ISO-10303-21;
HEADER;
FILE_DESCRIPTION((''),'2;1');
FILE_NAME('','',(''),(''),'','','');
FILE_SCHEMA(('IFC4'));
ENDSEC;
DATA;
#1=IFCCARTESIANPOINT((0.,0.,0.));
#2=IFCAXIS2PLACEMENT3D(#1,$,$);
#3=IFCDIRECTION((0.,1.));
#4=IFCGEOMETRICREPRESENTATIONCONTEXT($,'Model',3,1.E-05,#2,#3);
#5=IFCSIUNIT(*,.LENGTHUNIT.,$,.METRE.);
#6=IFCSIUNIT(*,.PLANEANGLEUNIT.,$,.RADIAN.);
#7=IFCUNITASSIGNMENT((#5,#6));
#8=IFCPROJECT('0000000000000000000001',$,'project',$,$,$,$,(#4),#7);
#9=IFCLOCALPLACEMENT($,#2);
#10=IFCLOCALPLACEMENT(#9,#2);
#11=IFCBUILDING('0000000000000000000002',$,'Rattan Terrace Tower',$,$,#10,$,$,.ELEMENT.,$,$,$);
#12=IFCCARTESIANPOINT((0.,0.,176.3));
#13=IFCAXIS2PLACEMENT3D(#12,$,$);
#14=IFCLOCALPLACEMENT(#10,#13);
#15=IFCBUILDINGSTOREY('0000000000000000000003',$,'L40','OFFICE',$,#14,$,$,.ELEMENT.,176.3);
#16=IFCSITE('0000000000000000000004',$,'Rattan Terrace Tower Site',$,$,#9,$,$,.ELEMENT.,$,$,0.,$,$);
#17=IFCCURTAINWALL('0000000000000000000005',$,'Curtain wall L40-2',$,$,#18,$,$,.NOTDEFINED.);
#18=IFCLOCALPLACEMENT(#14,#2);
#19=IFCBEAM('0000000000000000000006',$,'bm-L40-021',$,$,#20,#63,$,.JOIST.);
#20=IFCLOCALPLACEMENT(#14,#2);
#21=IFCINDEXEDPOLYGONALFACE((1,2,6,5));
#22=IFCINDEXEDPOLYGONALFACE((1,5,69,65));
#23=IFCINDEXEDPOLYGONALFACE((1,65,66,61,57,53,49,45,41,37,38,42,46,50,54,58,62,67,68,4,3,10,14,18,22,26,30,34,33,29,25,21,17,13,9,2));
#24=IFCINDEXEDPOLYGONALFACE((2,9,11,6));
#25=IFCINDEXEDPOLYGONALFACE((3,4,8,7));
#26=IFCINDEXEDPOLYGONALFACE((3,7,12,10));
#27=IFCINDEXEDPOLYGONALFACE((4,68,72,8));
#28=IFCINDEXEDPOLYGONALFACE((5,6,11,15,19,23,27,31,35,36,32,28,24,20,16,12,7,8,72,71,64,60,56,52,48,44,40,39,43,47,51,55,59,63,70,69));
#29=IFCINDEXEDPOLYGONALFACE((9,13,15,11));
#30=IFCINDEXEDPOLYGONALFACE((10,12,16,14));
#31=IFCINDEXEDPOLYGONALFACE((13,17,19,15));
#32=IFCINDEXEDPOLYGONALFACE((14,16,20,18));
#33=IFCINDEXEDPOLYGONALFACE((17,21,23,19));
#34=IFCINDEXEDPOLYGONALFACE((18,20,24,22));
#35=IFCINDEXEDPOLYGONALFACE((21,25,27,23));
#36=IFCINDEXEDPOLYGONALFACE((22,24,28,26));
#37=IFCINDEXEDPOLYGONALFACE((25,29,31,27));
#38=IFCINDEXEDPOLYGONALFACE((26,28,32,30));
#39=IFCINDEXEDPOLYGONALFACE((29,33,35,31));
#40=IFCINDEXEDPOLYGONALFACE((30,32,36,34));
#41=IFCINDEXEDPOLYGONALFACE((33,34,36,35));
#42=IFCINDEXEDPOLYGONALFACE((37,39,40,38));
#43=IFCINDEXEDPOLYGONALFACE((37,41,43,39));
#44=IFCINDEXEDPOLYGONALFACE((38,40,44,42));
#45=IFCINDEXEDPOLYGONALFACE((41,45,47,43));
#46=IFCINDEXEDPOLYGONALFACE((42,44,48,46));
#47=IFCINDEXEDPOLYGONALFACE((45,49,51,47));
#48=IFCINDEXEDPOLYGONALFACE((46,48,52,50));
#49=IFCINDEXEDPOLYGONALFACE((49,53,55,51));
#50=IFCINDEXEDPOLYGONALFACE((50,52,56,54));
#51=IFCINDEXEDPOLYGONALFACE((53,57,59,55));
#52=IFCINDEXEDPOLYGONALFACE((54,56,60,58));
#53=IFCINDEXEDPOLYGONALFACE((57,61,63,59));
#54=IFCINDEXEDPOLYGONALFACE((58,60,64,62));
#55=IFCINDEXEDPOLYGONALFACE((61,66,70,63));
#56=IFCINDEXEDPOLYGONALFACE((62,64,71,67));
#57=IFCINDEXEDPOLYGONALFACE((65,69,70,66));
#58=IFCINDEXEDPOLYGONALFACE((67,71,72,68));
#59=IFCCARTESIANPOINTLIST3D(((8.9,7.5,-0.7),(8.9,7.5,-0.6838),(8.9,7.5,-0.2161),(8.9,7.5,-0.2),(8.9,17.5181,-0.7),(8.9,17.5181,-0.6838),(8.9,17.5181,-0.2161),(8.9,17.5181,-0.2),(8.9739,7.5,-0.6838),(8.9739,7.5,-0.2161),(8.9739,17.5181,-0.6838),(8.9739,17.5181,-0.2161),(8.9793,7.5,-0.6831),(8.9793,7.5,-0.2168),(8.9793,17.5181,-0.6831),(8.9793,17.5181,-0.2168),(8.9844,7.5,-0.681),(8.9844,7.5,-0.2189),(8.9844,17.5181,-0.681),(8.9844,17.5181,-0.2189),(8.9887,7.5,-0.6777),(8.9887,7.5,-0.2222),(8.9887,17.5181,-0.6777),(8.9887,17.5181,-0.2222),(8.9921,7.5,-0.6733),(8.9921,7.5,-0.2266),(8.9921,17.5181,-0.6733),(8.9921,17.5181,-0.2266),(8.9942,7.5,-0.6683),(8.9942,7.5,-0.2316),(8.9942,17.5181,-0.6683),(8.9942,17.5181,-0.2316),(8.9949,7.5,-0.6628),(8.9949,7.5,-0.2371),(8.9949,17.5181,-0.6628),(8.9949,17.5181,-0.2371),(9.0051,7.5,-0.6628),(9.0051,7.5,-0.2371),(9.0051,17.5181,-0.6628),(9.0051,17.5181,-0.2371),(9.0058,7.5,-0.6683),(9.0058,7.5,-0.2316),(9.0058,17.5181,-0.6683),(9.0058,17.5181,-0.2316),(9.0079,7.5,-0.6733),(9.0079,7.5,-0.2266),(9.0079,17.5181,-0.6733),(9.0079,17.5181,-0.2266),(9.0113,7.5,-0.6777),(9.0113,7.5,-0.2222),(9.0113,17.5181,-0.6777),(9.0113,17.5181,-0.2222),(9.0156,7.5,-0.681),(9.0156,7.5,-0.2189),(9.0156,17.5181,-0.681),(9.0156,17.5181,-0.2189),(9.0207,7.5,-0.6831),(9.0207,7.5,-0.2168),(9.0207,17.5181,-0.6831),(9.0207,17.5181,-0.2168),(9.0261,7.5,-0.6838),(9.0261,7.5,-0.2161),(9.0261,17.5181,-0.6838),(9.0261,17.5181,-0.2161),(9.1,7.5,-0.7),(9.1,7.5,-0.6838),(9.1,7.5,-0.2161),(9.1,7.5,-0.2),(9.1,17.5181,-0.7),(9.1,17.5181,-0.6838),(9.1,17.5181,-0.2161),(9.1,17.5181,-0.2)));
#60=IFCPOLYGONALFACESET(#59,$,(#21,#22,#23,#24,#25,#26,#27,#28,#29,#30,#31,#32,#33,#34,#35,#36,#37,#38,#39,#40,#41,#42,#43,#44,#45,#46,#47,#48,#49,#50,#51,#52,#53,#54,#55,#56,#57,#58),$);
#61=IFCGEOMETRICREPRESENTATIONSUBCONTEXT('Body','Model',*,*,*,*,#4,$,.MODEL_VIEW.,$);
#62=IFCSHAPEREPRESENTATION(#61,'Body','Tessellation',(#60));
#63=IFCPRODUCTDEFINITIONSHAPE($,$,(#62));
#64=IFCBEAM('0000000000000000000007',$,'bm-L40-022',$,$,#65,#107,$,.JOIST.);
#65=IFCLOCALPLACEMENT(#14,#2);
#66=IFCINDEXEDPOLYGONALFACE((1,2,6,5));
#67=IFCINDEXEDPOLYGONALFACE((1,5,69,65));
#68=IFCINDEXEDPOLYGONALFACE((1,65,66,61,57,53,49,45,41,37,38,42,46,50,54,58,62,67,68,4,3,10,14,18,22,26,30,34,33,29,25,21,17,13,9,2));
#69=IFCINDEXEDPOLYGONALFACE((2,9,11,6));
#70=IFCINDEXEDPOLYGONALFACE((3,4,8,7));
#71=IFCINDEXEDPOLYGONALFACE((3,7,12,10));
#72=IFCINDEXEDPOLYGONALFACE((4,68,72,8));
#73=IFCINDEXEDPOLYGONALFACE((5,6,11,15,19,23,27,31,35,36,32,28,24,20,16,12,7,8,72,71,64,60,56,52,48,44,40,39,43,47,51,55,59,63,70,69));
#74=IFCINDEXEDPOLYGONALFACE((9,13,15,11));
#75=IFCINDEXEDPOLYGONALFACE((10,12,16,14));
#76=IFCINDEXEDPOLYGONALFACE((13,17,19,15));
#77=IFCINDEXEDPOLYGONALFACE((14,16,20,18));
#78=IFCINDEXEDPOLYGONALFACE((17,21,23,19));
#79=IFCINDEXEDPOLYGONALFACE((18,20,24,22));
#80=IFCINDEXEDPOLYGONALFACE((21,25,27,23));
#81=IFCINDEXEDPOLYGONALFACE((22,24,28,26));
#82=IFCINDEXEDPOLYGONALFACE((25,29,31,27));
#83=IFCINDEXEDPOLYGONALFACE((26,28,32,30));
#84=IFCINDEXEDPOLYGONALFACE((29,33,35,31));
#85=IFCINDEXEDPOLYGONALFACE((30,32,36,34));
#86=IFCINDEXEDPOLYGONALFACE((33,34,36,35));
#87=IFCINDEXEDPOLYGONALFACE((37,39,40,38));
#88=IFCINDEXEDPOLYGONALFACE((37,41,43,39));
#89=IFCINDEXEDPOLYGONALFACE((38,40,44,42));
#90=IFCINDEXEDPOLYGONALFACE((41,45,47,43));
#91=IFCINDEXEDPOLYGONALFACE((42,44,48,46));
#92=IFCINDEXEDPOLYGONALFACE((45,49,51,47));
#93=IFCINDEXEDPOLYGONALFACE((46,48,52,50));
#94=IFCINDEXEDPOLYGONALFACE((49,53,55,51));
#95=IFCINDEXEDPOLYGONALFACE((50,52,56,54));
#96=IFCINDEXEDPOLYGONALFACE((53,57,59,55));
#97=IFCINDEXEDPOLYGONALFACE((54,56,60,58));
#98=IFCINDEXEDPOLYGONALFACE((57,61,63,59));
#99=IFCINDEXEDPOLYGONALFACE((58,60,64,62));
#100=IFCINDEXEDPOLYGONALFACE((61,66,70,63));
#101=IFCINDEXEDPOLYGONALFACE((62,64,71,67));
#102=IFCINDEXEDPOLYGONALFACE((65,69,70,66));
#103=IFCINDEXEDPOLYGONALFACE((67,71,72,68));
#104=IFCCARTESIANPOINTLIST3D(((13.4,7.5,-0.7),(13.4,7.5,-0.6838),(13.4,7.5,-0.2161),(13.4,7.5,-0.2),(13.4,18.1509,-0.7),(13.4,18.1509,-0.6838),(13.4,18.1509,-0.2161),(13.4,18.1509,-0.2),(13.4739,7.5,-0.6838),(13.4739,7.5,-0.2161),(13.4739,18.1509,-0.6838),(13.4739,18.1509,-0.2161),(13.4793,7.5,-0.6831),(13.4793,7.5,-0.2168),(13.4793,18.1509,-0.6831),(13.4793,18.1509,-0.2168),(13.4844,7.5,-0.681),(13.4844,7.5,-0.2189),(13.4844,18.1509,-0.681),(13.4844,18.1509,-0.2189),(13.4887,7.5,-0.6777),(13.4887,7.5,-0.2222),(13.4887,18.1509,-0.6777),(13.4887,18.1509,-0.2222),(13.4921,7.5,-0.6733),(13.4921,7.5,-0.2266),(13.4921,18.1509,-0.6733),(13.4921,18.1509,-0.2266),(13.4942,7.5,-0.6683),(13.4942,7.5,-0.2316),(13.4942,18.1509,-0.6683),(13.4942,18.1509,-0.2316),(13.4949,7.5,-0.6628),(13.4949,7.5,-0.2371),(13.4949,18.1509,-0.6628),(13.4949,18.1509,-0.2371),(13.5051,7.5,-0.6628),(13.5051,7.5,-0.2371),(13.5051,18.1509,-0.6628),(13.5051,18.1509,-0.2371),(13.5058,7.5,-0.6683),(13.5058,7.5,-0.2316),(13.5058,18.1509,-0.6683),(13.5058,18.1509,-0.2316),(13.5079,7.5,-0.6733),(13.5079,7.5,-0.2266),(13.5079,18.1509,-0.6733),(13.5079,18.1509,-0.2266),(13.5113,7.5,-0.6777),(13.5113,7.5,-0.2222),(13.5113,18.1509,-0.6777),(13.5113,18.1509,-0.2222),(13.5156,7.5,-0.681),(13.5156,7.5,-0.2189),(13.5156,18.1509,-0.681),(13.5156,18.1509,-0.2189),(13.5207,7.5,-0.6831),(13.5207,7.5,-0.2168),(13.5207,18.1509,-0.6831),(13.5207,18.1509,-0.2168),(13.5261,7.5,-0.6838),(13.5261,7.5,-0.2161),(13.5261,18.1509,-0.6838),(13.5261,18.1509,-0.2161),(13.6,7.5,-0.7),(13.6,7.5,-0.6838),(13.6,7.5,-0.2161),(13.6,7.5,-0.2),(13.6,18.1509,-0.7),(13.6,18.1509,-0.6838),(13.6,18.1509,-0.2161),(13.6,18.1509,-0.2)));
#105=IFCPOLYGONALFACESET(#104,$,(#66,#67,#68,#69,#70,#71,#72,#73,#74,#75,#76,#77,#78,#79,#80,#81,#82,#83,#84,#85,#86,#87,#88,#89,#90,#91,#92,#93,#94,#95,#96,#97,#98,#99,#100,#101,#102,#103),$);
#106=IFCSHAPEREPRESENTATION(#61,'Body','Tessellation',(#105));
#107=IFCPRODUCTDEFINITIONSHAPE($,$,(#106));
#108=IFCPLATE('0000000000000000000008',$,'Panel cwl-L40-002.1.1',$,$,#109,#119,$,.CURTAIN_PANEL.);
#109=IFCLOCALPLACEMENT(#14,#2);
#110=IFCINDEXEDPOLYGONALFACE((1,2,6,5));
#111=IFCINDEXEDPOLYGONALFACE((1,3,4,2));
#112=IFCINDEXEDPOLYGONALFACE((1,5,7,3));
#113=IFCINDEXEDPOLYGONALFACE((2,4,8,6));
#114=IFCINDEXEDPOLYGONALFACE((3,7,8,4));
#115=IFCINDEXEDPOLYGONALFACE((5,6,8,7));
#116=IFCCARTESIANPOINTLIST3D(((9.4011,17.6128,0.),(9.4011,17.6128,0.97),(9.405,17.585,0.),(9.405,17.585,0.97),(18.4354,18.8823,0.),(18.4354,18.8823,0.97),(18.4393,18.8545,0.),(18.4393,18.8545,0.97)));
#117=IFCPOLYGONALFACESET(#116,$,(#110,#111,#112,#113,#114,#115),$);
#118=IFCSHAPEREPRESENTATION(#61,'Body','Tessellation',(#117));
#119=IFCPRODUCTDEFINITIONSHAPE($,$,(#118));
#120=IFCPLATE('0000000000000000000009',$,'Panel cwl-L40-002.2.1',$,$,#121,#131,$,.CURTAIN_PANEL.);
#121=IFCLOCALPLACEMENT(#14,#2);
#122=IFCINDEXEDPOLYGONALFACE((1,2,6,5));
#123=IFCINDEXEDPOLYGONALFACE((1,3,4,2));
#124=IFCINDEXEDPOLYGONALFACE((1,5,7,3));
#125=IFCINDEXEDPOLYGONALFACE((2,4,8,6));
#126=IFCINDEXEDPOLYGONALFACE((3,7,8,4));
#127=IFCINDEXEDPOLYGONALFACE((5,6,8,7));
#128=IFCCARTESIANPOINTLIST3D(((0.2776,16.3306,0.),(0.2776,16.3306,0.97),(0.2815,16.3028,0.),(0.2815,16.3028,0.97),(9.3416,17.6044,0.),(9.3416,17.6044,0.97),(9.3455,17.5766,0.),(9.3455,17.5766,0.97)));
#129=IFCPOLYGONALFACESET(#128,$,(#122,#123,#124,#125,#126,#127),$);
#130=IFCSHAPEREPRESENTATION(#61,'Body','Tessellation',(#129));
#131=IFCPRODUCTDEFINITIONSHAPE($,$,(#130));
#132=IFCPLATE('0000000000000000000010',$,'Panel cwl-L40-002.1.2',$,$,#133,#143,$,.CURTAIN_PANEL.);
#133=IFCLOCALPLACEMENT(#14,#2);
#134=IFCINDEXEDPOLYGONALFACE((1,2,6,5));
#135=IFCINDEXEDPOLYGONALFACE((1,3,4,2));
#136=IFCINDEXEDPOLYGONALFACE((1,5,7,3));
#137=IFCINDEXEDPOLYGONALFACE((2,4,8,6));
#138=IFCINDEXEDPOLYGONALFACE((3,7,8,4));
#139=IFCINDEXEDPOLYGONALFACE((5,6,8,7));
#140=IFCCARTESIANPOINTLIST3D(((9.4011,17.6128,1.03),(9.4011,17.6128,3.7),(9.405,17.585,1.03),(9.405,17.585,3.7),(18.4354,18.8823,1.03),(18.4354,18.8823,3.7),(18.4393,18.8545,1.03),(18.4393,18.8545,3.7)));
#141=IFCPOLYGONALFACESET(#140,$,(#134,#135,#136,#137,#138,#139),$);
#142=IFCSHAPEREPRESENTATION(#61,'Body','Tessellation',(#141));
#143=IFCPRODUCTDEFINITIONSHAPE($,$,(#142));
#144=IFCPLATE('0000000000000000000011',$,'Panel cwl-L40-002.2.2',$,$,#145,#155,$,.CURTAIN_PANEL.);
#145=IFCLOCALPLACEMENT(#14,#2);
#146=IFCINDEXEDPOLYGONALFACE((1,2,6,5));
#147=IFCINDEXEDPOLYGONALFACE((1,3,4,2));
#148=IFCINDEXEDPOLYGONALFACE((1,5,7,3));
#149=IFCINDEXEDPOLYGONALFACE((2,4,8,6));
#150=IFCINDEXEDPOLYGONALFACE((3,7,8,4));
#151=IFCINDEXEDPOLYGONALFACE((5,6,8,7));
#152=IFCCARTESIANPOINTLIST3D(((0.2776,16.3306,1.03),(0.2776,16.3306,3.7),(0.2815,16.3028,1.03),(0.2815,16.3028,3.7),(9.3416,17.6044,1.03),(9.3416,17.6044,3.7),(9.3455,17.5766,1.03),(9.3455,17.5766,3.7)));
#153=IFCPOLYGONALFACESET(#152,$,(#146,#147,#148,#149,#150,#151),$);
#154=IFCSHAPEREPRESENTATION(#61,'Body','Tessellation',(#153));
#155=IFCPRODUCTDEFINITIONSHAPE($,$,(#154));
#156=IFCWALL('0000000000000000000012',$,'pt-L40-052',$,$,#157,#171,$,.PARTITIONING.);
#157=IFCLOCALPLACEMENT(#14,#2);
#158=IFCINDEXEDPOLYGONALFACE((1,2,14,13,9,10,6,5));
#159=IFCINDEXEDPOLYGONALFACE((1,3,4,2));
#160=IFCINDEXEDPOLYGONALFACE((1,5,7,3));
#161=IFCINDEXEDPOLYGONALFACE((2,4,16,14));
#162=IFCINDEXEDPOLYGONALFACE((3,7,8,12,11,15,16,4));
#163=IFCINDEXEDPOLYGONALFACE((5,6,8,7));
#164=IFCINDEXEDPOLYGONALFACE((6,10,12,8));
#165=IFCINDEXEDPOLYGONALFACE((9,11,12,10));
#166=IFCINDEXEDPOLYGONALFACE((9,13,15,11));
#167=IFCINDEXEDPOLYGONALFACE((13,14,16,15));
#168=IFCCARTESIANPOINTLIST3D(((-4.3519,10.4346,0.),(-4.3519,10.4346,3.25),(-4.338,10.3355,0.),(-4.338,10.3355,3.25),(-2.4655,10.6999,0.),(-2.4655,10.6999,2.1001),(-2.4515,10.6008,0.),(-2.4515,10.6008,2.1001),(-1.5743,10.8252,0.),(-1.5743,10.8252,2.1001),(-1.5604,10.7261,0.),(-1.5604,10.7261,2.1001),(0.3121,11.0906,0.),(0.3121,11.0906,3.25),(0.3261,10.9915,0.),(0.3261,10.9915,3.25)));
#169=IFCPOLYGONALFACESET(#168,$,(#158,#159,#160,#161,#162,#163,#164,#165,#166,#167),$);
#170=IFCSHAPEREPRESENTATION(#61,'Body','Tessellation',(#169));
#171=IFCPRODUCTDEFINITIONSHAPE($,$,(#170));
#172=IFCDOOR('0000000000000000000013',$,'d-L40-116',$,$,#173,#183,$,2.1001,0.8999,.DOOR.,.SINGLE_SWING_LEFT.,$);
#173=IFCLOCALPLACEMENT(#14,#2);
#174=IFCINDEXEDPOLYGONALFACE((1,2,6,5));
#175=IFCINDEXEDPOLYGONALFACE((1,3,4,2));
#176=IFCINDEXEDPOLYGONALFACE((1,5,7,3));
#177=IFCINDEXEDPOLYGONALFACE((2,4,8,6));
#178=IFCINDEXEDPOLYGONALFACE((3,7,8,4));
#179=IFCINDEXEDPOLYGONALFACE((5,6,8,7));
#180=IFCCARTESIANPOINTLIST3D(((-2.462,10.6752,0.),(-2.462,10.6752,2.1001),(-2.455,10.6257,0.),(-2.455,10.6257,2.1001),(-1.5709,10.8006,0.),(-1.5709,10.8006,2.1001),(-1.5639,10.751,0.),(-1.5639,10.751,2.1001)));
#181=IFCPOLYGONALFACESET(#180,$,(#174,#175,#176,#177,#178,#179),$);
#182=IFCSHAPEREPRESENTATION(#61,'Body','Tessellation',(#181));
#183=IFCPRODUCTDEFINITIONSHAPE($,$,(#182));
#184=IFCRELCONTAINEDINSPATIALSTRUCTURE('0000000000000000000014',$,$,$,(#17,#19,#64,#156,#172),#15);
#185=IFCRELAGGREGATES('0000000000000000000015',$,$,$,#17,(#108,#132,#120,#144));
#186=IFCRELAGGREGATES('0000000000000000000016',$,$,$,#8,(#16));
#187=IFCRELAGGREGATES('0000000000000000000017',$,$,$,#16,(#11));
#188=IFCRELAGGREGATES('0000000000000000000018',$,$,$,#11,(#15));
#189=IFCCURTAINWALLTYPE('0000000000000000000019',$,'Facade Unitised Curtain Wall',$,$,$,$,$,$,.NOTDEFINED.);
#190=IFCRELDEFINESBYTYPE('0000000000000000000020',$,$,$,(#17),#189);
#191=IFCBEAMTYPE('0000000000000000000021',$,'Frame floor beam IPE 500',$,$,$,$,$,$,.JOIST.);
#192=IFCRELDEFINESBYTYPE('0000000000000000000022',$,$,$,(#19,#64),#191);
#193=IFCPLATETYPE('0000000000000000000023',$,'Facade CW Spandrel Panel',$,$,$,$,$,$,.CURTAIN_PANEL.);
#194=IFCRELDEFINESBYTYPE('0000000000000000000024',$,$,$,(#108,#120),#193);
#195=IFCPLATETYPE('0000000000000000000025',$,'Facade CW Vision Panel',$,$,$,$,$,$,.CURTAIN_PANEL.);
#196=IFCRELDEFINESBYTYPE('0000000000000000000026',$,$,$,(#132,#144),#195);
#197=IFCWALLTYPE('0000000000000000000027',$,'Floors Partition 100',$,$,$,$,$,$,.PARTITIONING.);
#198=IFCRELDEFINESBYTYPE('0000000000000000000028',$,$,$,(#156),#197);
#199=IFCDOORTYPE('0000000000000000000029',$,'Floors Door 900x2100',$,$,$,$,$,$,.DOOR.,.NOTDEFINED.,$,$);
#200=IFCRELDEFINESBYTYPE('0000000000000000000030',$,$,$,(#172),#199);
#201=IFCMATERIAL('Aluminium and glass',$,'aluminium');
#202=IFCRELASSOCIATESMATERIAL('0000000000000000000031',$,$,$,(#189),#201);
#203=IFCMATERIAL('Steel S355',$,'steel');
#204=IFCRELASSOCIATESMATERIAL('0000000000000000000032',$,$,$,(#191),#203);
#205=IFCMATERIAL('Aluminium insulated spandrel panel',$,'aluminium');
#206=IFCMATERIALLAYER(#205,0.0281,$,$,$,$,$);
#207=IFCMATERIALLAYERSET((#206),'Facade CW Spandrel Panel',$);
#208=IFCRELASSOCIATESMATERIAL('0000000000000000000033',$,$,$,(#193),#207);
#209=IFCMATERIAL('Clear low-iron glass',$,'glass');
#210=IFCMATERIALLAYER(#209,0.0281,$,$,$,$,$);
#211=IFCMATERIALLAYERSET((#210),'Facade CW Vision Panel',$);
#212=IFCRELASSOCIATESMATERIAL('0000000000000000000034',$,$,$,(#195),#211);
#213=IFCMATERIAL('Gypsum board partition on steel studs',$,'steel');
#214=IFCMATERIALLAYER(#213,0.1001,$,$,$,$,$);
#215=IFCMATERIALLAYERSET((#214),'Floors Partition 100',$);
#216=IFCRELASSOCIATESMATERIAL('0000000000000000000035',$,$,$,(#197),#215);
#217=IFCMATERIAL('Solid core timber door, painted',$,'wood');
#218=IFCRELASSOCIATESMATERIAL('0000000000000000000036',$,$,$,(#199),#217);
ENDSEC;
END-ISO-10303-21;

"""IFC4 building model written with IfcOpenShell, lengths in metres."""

from ifc_helpers import new_model, si_unit, direction, frame, frame_2d, origin, origin_2d, place, context, subcontext, project, spatial, rectangle, i_section, extrude, material, layer, layer_set, material_profile, profile_set, type_object, element, fill, aggregate, save


model = new_model("IFC4")

# Units and contexts
model_context = context("Model", 3, precision=1e-05, world=origin(), true_north=direction((0.0, 1.0)))
body_context = subcontext(model_context, "Body", "Model", "MODEL_VIEW")
ifc_project = project(units=[si_unit("LENGTHUNIT", "METRE"), si_unit("PLANEANGLEUNIT", "RADIAN")], contexts=[model_context])

# Site, building, storey
site_placement = place(None, origin())
site = spatial("IfcSite", under=ifc_project, at=site_placement, Name="Rattan Terrace Tower Site", CompositionType="ELEMENT", RefElevation=0.0)
building_placement = place(site_placement, origin())
building = spatial("IfcBuilding", under=site, at=building_placement, Name="Rattan Terrace Tower", CompositionType="ELEMENT")
storey_placement = place(building_placement, frame((0.0, 0.0, 176.3)))
storey = spatial("IfcBuildingStorey", under=building, at=storey_placement, Name="L40", Description="OFFICE", CompositionType="ELEMENT", Elevation=176.3)

# Curtain wall
ifc_material_1 = material(Name="Aluminium and glass", Category="aluminium")
curtain_wall_type = type_object("IfcCurtainWallType", Name="Facade Unitised Curtain Wall", PredefinedType="NOTDEFINED", material=ifc_material_1)
curtain_wall_placement = place(storey_placement, origin())
curtain_wall = element("IfcCurtainWall", 1, at=curtain_wall_placement, inside=storey, type_object=curtain_wall_type, Name="Curtain wall L40-2", PredefinedType="NOTDEFINED")

# Beams
ifc_material_2 = material(Name="Steel S355", Category="steel")
ifc_material_profile_1 = material_profile(ifc_material_2, i_section(OverallWidth=0.2, OverallDepth=0.5, WebThickness=0.0103, FlangeThickness=0.0161, FilletRadius=0.021, at=origin_2d()), Name="IPE 500")
ifc_profile_set_1 = profile_set([ifc_material_profile_1], Name="Steel S355")
beam_type_1 = type_object("IfcBeamType", Name="Frame floor beam IPE 500", PredefinedType="JOIST", material=ifc_profile_set_1)
beam_1_placement = place(storey_placement, frame((9.0, 7.5, -0.45), z_axis=(0.0, 1.0, 0.0), x_axis=(-1.0, 0.0, 0.0)))
element("IfcBeam", 2, at=beam_1_placement, inside=storey, type_object=beam_type_1, Name="bm-L40-021", PredefinedType="JOIST", context=body_context, shape_type="SweptSolid", body=[
    extrude(i_section(OverallWidth=0.2, OverallDepth=0.5, WebThickness=0.0103, FlangeThickness=0.0161, FilletRadius=0.021, at=origin_2d()), origin(), (0.0, 0.0, 1.0), 10.0181),
])
beam_2_placement = place(storey_placement, frame((13.5, 7.5, -0.45), z_axis=(0.0, 1.0, 0.0), x_axis=(-1.0, 0.0, 0.0)))
element("IfcBeam", 3, at=beam_2_placement, inside=storey, type_object=beam_type_1, Name="bm-L40-022", PredefinedType="JOIST", context=body_context, shape_type="SweptSolid", body=[
    extrude(i_section(OverallWidth=0.2, OverallDepth=0.5, WebThickness=0.0103, FlangeThickness=0.0161, FilletRadius=0.021, at=origin_2d()), origin(), (0.0, 0.0, 1.0), 10.6509),
])

# Plates
ifc_material_3 = material(Name="Aluminium insulated spandrel panel", Category="aluminium")
ifc_layer_1 = layer(ifc_material_3, 0.0281)
ifc_layer_set_1 = layer_set([ifc_layer_1], Name="Facade CW Spandrel Panel")
plate_type_1 = type_object("IfcPlateType", Name="Facade CW Spandrel Panel", PredefinedType="CURTAIN_PANEL", material=ifc_layer_set_1)
plate_1_placement = place(storey_placement, frame((13.9202, 18.2336, 0.0), z_axis=(0.0, 0.0, 1.0), x_axis=(-0.99027, -0.139161, 0.0)))
plate_1 = element("IfcPlate", 4, at=plate_1_placement, type_object=plate_type_1, Name="Panel cwl-L40-002.1.1", PredefinedType="CURTAIN_PANEL", context=body_context, shape_type="SweptSolid", body=[
    extrude(rectangle(XDim=9.123, YDim=0.0281, at=origin_2d()), origin(), (0.0, 0.0, 1.0), 0.97),
])
plate_2_placement = place(storey_placement, frame((4.8115, 16.9536, 0.0), z_axis=(0.0, 0.0, 1.0), x_axis=(-0.99027, -0.139161, 0.0)))
plate_2 = element("IfcPlate", 5, at=plate_2_placement, type_object=plate_type_1, Name="Panel cwl-L40-002.2.1", PredefinedType="CURTAIN_PANEL", context=body_context, shape_type="SweptSolid", body=[
    extrude(rectangle(XDim=9.1531, YDim=0.0281, at=origin_2d()), origin(), (0.0, 0.0, 1.0), 0.97),
])
ifc_material_4 = material(Name="Clear low-iron glass", Category="glass")
ifc_layer_2 = layer(ifc_material_4, 0.0281)
ifc_layer_set_2 = layer_set([ifc_layer_2], Name="Facade CW Vision Panel")
plate_type_2 = type_object("IfcPlateType", Name="Facade CW Vision Panel", PredefinedType="CURTAIN_PANEL", material=ifc_layer_set_2)
plate_3_placement = place(storey_placement, frame((13.9202, 18.2336, 1.03), z_axis=(0.0, 0.0, 1.0), x_axis=(-0.99027, -0.139161, 0.0)))
plate_3 = element("IfcPlate", 6, at=plate_3_placement, type_object=plate_type_2, Name="Panel cwl-L40-002.1.2", PredefinedType="CURTAIN_PANEL", context=body_context, shape_type="SweptSolid", body=[
    extrude(rectangle(XDim=9.123, YDim=0.0281, at=origin_2d()), origin(), (0.0, 0.0, 1.0), 2.6699),
])
plate_4_placement = place(storey_placement, frame((4.8115, 16.9536, 1.03), z_axis=(0.0, 0.0, 1.0), x_axis=(-0.99027, -0.139161, 0.0)))
plate_4 = element("IfcPlate", 7, at=plate_4_placement, type_object=plate_type_2, Name="Panel cwl-L40-002.2.2", PredefinedType="CURTAIN_PANEL", context=body_context, shape_type="SweptSolid", body=[
    extrude(rectangle(XDim=9.1531, YDim=0.0281, at=origin_2d()), origin(), (0.0, 0.0, 1.0), 2.6699),
])
aggregate(curtain_wall, [plate_1, plate_3, plate_2, plate_4])

# Wall, opening, door
ifc_material_5 = material(Name="Gypsum board partition on steel studs", Category="steel")
ifc_layer_3 = layer(ifc_material_5, 0.1001)
ifc_layer_set_3 = layer_set([ifc_layer_3], Name="Floors Partition 100")
wall_type_1 = type_object("IfcWallType", Name="Floors Partition 100", PredefinedType="PARTITIONING", material=ifc_layer_set_3)
wall_1_placement = place(storey_placement, frame((0.3191, 11.041, 0.0), z_axis=(0.0, 0.0, 1.0), x_axis=(-0.990253, -0.13928, 0.0)))
wall_1 = element("IfcWall", 8, at=wall_1_placement, inside=storey, type_object=wall_type_1, Name="pt-L40-052", PredefinedType="PARTITIONING", context=body_context, shape_type="SweptSolid", body=[
    extrude(rectangle(XDim=4.71, YDim=0.1001, at=frame_2d((2.355, 0.0))), origin(), (0.0, 0.0, 1.0), 3.25),
])
opening_1_placement = place(wall_1_placement, frame((1.905, 0.0, 0.0)))
opening_1 = element("IfcOpeningElement", 9, at=opening_1_placement, cuts=wall_1, PredefinedType="OPENING", context=body_context, shape_type="SweptSolid", body=[
    extrude(rectangle(XDim=0.8999, YDim=2.1001, at=frame_2d((0.45, 1.05))), frame((0.0, 0.0605, 0.0), z_axis=(0.0, -1.0, 0.0), x_axis=(1.0, 0.0, 0.0)), (0.0, 0.0, 1.0), 0.1211),
])
ifc_material_6 = material(Name="Solid core timber door, painted", Category="wood")
door_type_1 = type_object("IfcDoorType", Name="Floors Door 900x2100", OperationType="NOTDEFINED", PredefinedType="DOOR", material=ifc_material_6)
door_1_placement = place(opening_1_placement, origin())
door_1 = element("IfcDoor", 10, at=door_1_placement, inside=storey, type_object=door_type_1, Name="d-L40-116", OperationType="SINGLE_SWING_LEFT", OverallHeight=2.1001, OverallWidth=0.8999, PredefinedType="DOOR", context=body_context, shape_type="SweptSolid", body=[
    extrude(rectangle(XDim=0.8999, YDim=2.1001, at=frame_2d((0.45, 1.05))), frame((0.0, 0.0249, 0.0), z_axis=(0.0, -1.0, 0.0), x_axis=(1.0, 0.0, 0.0)), (0.0, 0.0, 1.0), 0.05),
])
fill(opening_1, door_1)

save(model, "model.ifc")
